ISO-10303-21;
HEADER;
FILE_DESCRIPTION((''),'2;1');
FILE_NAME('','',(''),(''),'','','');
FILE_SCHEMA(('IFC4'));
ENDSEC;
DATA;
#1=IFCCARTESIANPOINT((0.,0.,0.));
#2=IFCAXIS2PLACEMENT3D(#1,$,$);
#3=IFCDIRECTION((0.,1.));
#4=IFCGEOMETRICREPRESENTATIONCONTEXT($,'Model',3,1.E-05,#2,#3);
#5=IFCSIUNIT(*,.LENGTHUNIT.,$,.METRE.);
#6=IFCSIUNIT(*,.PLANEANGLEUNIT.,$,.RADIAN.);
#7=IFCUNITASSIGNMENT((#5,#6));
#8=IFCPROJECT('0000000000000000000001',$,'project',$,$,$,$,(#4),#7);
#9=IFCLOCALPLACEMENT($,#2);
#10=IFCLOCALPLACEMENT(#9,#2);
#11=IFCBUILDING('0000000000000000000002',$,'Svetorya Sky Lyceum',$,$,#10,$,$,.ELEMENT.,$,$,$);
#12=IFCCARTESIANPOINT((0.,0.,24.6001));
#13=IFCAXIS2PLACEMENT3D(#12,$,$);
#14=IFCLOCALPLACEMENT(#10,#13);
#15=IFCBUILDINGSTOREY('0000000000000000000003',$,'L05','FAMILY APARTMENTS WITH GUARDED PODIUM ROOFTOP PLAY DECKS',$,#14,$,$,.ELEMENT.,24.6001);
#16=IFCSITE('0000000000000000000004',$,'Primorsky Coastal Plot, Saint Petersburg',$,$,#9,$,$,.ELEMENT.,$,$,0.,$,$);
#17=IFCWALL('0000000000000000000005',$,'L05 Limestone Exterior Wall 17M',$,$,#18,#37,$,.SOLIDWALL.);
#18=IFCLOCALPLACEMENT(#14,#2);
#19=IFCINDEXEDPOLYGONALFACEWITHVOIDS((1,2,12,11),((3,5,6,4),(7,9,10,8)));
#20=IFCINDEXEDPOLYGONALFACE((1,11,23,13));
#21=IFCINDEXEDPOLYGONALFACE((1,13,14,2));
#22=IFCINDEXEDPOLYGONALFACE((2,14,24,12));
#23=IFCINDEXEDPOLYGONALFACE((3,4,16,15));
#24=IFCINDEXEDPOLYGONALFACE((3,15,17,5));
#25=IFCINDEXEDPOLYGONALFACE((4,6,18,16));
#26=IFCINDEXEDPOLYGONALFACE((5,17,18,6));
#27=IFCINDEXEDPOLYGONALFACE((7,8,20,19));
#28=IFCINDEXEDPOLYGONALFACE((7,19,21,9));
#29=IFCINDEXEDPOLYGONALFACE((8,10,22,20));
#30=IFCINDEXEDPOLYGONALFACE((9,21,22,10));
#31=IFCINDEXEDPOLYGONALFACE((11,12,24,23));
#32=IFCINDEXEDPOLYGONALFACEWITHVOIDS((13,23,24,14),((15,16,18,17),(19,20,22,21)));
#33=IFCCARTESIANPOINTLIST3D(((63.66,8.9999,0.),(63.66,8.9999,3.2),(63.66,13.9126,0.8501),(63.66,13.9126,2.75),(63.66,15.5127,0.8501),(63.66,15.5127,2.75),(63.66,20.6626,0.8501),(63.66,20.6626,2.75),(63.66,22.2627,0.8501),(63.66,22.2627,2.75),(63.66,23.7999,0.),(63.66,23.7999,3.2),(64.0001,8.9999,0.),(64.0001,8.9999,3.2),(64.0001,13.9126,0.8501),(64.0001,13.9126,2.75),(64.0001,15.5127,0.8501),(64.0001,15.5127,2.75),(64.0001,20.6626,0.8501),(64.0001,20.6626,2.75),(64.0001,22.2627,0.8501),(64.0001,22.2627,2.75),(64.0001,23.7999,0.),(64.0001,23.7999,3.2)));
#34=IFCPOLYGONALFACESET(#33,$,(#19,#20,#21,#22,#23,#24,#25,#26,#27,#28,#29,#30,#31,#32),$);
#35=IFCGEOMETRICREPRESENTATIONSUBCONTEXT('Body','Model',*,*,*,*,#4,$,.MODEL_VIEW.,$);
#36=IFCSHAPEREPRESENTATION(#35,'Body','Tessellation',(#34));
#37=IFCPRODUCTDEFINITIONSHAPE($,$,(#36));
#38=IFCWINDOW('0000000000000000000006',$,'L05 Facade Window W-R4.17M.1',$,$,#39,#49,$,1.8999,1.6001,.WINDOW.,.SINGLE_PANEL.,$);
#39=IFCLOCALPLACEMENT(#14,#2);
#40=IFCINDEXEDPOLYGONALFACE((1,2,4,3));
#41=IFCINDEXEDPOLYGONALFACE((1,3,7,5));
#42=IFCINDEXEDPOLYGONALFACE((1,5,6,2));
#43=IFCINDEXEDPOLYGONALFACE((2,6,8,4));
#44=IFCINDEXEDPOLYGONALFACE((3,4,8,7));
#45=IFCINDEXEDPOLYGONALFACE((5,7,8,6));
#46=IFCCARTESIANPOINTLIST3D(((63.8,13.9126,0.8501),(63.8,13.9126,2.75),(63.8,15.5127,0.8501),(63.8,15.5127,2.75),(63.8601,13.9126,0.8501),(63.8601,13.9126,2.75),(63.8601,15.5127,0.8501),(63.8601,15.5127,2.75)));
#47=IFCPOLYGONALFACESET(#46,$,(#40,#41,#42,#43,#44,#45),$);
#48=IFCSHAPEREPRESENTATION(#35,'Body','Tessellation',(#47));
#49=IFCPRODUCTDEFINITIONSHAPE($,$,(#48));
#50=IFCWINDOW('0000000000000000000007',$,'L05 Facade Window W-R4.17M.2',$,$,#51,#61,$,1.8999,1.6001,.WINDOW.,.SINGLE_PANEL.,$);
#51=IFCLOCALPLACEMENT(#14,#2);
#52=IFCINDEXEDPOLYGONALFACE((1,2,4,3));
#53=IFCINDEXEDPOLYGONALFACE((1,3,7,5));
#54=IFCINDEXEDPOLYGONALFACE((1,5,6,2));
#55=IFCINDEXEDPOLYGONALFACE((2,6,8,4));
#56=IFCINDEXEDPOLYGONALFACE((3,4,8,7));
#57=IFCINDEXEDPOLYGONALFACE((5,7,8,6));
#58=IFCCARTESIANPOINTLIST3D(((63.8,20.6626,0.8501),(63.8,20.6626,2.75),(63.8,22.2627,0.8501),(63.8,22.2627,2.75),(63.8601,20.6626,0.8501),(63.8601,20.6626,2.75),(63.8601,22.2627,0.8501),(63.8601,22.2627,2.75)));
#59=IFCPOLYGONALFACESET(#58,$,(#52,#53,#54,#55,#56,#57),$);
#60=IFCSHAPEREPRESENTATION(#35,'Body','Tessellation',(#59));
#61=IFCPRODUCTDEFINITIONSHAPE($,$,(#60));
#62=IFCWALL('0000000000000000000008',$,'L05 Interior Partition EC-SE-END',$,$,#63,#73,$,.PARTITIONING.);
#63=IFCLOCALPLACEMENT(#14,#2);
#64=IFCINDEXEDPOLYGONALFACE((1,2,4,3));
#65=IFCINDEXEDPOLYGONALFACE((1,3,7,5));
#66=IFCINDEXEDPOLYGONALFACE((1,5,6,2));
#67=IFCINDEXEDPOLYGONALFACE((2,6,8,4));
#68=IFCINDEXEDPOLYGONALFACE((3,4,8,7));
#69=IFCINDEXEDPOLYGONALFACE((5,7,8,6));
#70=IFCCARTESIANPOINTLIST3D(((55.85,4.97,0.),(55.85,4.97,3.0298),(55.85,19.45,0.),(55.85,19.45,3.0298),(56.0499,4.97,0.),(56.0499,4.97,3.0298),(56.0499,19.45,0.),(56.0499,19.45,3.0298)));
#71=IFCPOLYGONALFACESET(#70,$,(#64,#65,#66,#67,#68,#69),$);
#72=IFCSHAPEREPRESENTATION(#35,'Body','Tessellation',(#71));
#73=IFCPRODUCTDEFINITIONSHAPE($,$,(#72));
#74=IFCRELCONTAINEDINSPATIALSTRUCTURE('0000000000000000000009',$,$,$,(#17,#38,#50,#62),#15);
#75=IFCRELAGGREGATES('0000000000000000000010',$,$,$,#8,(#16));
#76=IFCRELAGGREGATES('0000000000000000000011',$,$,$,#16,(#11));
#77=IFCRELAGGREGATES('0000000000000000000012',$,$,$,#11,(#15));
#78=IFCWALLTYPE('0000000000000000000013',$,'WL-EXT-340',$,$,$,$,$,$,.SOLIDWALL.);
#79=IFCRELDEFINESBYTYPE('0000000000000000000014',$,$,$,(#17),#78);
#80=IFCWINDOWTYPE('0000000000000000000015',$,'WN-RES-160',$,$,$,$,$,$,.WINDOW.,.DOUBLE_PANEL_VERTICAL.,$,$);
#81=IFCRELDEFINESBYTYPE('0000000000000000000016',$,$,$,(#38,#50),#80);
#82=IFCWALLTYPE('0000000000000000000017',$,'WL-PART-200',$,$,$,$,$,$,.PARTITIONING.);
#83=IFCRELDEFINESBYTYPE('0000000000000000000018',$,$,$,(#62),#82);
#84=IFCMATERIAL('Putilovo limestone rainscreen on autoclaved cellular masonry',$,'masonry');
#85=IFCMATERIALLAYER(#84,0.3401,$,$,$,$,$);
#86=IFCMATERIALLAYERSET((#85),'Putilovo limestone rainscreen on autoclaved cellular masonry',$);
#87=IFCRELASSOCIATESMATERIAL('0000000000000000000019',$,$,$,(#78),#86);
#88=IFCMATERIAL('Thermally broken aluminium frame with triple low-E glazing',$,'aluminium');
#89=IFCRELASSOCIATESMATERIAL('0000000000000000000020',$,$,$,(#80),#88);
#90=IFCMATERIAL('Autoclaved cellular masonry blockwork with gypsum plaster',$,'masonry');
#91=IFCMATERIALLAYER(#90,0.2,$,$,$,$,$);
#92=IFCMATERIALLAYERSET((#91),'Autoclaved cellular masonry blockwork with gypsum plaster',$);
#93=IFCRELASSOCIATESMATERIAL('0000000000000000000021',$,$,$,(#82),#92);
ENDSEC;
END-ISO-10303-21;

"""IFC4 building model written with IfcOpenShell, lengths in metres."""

from ifc_helpers import new_model, si_unit, direction, frame, frame_2d, origin, place, context, subcontext, project, spatial, rectangle, extrude, material, layer, layer_set, type_object, element, fill, save


model = new_model("IFC4")

# Units and contexts
model_context = context("Model", 3, precision=1e-05, world=origin(), true_north=direction((0.0, 1.0)))
body_context = subcontext(model_context, "Body", "Model", "MODEL_VIEW")
ifc_project = project(units=[si_unit("LENGTHUNIT", "METRE"), si_unit("PLANEANGLEUNIT", "RADIAN")], contexts=[model_context])

# Site, building, storey
site_placement = place(None, origin())
site = spatial("IfcSite", under=ifc_project, at=site_placement, Name="Primorsky Coastal Plot, Saint Petersburg", CompositionType="ELEMENT", RefElevation=0.0)
building_placement = place(site_placement, origin())
building = spatial("IfcBuilding", under=site, at=building_placement, Name="Svetorya Sky Lyceum", CompositionType="ELEMENT")
storey_placement = place(building_placement, frame((0.0, 0.0, 24.6001)))
storey = spatial("IfcBuildingStorey", under=building, at=storey_placement, Name="L05", Description="FAMILY APARTMENTS WITH GUARDED PODIUM ROOFTOP PLAY DECKS", CompositionType="ELEMENT", Elevation=24.6001)

# Shared definitions
ifc_material_1 = material(Name="Putilovo limestone rainscreen on autoclaved cellular masonry", Category="masonry")
ifc_layer_1 = layer(ifc_material_1, 0.3401)
ifc_layer_set_1 = layer_set([ifc_layer_1], Name="Putilovo limestone rainscreen on autoclaved cellular masonry")
wall_type_1 = type_object("IfcWallType", Name="WL-EXT-340", PredefinedType="SOLIDWALL", material=ifc_layer_set_1)

# Wall, openings, windows
wall_1_placement = place(storey_placement, frame((63.8301, 9.0, 0.0), z_axis=(0.0, 0.0, 1.0), x_axis=(0.0, 1.0, 0.0)))
wall_1 = element("IfcWall", 1, at=wall_1_placement, inside=storey, type_object=wall_type_1, Name="L05 Limestone Exterior Wall 17M", PredefinedType="SOLIDWALL", context=body_context, shape_type="SweptSolid", body=[
    extrude(rectangle(XDim=14.8, YDim=0.3401, at=frame_2d((7.3999, 0.0))), origin(), (0.0, 0.0, 1.0), 3.2),
])
opening_1_placement = place(wall_1_placement, frame((4.9126, 0.0, 0.8501)))
opening_1 = element("IfcOpeningElement", 2, at=opening_1_placement, cuts=wall_1, PredefinedType="OPENING", context=body_context, shape_type="SweptSolid", body=[
    extrude(rectangle(XDim=1.6001, YDim=1.8999, at=frame_2d((0.8, 0.95))), frame((0.0, 0.1799, 0.0), z_axis=(0.0, -1.0, 0.0), x_axis=(1.0, 0.0, 0.0)), (0.0, 0.0, 1.0), 0.3601),
])
opening_2_placement = place(wall_1_placement, frame((11.6626, 0.0, 0.8501)))
opening_2 = element("IfcOpeningElement", 3, at=opening_2_placement, cuts=wall_1, PredefinedType="OPENING", context=body_context, shape_type="SweptSolid", body=[
    extrude(rectangle(XDim=1.6001, YDim=1.8999, at=frame_2d((0.8, 0.95))), frame((0.0, 0.1799, 0.0), z_axis=(0.0, -1.0, 0.0), x_axis=(1.0, 0.0, 0.0)), (0.0, 0.0, 1.0), 0.3601),
])
ifc_material_2 = material(Name="Thermally broken aluminium frame with triple low-E glazing", Category="aluminium")
window_type = type_object("IfcWindowType", Name="WN-RES-160", PartitioningType="DOUBLE_PANEL_VERTICAL", PredefinedType="WINDOW", material=ifc_material_2)
window_1_placement = place(opening_1_placement, origin())
window_1 = element("IfcWindow", 4, at=window_1_placement, inside=storey, type_object=window_type, Name="L05 Facade Window W-R4.17M.1", OverallHeight=1.8999, OverallWidth=1.6001, PartitioningType="SINGLE_PANEL", PredefinedType="WINDOW", context=body_context, shape_type="SweptSolid", body=[
    extrude(rectangle(XDim=1.6001, YDim=1.8999, at=frame_2d((0.8, 0.95))), frame((0.0, 0.03, 0.0), z_axis=(0.0, -1.0, 0.0), x_axis=(1.0, 0.0, 0.0)), (0.0, 0.0, 1.0), 0.0601),
])
fill(opening_1, window_1)
window_2_placement = place(opening_2_placement, origin())
window_2 = element("IfcWindow", 5, at=window_2_placement, inside=storey, type_object=window_type, Name="L05 Facade Window W-R4.17M.2", OverallHeight=1.8999, OverallWidth=1.6001, PartitioningType="SINGLE_PANEL", PredefinedType="WINDOW", context=body_context, shape_type="SweptSolid", body=[
    extrude(rectangle(XDim=1.6001, YDim=1.8999, at=frame_2d((0.8, 0.95))), frame((0.0, 0.03, 0.0), z_axis=(0.0, -1.0, 0.0), x_axis=(1.0, 0.0, 0.0)), (0.0, 0.0, 1.0), 0.0601),
])
fill(opening_2, window_2)

# Wall
ifc_material_3 = material(Name="Autoclaved cellular masonry blockwork with gypsum plaster", Category="masonry")
ifc_layer_2 = layer(ifc_material_3, 0.2)
ifc_layer_set_2 = layer_set([ifc_layer_2], Name="Autoclaved cellular masonry blockwork with gypsum plaster")
wall_type_2 = type_object("IfcWallType", Name="WL-PART-200", PredefinedType="PARTITIONING", material=ifc_layer_set_2)
wall_2_placement = place(storey_placement, frame((55.95, 4.97, 0.0), z_axis=(0.0, 0.0, 1.0), x_axis=(0.0, 1.0, 0.0)))
element("IfcWall", 6, at=wall_2_placement, inside=storey, type_object=wall_type_2, Name="L05 Interior Partition EC-SE-END", PredefinedType="PARTITIONING", context=body_context, shape_type="SweptSolid", body=[
    extrude(rectangle(XDim=14.48, YDim=0.2, at=frame_2d((7.24, 0.0))), origin(), (0.0, 0.0, 1.0), 3.0298),
])

save(model, "model.ifc")
